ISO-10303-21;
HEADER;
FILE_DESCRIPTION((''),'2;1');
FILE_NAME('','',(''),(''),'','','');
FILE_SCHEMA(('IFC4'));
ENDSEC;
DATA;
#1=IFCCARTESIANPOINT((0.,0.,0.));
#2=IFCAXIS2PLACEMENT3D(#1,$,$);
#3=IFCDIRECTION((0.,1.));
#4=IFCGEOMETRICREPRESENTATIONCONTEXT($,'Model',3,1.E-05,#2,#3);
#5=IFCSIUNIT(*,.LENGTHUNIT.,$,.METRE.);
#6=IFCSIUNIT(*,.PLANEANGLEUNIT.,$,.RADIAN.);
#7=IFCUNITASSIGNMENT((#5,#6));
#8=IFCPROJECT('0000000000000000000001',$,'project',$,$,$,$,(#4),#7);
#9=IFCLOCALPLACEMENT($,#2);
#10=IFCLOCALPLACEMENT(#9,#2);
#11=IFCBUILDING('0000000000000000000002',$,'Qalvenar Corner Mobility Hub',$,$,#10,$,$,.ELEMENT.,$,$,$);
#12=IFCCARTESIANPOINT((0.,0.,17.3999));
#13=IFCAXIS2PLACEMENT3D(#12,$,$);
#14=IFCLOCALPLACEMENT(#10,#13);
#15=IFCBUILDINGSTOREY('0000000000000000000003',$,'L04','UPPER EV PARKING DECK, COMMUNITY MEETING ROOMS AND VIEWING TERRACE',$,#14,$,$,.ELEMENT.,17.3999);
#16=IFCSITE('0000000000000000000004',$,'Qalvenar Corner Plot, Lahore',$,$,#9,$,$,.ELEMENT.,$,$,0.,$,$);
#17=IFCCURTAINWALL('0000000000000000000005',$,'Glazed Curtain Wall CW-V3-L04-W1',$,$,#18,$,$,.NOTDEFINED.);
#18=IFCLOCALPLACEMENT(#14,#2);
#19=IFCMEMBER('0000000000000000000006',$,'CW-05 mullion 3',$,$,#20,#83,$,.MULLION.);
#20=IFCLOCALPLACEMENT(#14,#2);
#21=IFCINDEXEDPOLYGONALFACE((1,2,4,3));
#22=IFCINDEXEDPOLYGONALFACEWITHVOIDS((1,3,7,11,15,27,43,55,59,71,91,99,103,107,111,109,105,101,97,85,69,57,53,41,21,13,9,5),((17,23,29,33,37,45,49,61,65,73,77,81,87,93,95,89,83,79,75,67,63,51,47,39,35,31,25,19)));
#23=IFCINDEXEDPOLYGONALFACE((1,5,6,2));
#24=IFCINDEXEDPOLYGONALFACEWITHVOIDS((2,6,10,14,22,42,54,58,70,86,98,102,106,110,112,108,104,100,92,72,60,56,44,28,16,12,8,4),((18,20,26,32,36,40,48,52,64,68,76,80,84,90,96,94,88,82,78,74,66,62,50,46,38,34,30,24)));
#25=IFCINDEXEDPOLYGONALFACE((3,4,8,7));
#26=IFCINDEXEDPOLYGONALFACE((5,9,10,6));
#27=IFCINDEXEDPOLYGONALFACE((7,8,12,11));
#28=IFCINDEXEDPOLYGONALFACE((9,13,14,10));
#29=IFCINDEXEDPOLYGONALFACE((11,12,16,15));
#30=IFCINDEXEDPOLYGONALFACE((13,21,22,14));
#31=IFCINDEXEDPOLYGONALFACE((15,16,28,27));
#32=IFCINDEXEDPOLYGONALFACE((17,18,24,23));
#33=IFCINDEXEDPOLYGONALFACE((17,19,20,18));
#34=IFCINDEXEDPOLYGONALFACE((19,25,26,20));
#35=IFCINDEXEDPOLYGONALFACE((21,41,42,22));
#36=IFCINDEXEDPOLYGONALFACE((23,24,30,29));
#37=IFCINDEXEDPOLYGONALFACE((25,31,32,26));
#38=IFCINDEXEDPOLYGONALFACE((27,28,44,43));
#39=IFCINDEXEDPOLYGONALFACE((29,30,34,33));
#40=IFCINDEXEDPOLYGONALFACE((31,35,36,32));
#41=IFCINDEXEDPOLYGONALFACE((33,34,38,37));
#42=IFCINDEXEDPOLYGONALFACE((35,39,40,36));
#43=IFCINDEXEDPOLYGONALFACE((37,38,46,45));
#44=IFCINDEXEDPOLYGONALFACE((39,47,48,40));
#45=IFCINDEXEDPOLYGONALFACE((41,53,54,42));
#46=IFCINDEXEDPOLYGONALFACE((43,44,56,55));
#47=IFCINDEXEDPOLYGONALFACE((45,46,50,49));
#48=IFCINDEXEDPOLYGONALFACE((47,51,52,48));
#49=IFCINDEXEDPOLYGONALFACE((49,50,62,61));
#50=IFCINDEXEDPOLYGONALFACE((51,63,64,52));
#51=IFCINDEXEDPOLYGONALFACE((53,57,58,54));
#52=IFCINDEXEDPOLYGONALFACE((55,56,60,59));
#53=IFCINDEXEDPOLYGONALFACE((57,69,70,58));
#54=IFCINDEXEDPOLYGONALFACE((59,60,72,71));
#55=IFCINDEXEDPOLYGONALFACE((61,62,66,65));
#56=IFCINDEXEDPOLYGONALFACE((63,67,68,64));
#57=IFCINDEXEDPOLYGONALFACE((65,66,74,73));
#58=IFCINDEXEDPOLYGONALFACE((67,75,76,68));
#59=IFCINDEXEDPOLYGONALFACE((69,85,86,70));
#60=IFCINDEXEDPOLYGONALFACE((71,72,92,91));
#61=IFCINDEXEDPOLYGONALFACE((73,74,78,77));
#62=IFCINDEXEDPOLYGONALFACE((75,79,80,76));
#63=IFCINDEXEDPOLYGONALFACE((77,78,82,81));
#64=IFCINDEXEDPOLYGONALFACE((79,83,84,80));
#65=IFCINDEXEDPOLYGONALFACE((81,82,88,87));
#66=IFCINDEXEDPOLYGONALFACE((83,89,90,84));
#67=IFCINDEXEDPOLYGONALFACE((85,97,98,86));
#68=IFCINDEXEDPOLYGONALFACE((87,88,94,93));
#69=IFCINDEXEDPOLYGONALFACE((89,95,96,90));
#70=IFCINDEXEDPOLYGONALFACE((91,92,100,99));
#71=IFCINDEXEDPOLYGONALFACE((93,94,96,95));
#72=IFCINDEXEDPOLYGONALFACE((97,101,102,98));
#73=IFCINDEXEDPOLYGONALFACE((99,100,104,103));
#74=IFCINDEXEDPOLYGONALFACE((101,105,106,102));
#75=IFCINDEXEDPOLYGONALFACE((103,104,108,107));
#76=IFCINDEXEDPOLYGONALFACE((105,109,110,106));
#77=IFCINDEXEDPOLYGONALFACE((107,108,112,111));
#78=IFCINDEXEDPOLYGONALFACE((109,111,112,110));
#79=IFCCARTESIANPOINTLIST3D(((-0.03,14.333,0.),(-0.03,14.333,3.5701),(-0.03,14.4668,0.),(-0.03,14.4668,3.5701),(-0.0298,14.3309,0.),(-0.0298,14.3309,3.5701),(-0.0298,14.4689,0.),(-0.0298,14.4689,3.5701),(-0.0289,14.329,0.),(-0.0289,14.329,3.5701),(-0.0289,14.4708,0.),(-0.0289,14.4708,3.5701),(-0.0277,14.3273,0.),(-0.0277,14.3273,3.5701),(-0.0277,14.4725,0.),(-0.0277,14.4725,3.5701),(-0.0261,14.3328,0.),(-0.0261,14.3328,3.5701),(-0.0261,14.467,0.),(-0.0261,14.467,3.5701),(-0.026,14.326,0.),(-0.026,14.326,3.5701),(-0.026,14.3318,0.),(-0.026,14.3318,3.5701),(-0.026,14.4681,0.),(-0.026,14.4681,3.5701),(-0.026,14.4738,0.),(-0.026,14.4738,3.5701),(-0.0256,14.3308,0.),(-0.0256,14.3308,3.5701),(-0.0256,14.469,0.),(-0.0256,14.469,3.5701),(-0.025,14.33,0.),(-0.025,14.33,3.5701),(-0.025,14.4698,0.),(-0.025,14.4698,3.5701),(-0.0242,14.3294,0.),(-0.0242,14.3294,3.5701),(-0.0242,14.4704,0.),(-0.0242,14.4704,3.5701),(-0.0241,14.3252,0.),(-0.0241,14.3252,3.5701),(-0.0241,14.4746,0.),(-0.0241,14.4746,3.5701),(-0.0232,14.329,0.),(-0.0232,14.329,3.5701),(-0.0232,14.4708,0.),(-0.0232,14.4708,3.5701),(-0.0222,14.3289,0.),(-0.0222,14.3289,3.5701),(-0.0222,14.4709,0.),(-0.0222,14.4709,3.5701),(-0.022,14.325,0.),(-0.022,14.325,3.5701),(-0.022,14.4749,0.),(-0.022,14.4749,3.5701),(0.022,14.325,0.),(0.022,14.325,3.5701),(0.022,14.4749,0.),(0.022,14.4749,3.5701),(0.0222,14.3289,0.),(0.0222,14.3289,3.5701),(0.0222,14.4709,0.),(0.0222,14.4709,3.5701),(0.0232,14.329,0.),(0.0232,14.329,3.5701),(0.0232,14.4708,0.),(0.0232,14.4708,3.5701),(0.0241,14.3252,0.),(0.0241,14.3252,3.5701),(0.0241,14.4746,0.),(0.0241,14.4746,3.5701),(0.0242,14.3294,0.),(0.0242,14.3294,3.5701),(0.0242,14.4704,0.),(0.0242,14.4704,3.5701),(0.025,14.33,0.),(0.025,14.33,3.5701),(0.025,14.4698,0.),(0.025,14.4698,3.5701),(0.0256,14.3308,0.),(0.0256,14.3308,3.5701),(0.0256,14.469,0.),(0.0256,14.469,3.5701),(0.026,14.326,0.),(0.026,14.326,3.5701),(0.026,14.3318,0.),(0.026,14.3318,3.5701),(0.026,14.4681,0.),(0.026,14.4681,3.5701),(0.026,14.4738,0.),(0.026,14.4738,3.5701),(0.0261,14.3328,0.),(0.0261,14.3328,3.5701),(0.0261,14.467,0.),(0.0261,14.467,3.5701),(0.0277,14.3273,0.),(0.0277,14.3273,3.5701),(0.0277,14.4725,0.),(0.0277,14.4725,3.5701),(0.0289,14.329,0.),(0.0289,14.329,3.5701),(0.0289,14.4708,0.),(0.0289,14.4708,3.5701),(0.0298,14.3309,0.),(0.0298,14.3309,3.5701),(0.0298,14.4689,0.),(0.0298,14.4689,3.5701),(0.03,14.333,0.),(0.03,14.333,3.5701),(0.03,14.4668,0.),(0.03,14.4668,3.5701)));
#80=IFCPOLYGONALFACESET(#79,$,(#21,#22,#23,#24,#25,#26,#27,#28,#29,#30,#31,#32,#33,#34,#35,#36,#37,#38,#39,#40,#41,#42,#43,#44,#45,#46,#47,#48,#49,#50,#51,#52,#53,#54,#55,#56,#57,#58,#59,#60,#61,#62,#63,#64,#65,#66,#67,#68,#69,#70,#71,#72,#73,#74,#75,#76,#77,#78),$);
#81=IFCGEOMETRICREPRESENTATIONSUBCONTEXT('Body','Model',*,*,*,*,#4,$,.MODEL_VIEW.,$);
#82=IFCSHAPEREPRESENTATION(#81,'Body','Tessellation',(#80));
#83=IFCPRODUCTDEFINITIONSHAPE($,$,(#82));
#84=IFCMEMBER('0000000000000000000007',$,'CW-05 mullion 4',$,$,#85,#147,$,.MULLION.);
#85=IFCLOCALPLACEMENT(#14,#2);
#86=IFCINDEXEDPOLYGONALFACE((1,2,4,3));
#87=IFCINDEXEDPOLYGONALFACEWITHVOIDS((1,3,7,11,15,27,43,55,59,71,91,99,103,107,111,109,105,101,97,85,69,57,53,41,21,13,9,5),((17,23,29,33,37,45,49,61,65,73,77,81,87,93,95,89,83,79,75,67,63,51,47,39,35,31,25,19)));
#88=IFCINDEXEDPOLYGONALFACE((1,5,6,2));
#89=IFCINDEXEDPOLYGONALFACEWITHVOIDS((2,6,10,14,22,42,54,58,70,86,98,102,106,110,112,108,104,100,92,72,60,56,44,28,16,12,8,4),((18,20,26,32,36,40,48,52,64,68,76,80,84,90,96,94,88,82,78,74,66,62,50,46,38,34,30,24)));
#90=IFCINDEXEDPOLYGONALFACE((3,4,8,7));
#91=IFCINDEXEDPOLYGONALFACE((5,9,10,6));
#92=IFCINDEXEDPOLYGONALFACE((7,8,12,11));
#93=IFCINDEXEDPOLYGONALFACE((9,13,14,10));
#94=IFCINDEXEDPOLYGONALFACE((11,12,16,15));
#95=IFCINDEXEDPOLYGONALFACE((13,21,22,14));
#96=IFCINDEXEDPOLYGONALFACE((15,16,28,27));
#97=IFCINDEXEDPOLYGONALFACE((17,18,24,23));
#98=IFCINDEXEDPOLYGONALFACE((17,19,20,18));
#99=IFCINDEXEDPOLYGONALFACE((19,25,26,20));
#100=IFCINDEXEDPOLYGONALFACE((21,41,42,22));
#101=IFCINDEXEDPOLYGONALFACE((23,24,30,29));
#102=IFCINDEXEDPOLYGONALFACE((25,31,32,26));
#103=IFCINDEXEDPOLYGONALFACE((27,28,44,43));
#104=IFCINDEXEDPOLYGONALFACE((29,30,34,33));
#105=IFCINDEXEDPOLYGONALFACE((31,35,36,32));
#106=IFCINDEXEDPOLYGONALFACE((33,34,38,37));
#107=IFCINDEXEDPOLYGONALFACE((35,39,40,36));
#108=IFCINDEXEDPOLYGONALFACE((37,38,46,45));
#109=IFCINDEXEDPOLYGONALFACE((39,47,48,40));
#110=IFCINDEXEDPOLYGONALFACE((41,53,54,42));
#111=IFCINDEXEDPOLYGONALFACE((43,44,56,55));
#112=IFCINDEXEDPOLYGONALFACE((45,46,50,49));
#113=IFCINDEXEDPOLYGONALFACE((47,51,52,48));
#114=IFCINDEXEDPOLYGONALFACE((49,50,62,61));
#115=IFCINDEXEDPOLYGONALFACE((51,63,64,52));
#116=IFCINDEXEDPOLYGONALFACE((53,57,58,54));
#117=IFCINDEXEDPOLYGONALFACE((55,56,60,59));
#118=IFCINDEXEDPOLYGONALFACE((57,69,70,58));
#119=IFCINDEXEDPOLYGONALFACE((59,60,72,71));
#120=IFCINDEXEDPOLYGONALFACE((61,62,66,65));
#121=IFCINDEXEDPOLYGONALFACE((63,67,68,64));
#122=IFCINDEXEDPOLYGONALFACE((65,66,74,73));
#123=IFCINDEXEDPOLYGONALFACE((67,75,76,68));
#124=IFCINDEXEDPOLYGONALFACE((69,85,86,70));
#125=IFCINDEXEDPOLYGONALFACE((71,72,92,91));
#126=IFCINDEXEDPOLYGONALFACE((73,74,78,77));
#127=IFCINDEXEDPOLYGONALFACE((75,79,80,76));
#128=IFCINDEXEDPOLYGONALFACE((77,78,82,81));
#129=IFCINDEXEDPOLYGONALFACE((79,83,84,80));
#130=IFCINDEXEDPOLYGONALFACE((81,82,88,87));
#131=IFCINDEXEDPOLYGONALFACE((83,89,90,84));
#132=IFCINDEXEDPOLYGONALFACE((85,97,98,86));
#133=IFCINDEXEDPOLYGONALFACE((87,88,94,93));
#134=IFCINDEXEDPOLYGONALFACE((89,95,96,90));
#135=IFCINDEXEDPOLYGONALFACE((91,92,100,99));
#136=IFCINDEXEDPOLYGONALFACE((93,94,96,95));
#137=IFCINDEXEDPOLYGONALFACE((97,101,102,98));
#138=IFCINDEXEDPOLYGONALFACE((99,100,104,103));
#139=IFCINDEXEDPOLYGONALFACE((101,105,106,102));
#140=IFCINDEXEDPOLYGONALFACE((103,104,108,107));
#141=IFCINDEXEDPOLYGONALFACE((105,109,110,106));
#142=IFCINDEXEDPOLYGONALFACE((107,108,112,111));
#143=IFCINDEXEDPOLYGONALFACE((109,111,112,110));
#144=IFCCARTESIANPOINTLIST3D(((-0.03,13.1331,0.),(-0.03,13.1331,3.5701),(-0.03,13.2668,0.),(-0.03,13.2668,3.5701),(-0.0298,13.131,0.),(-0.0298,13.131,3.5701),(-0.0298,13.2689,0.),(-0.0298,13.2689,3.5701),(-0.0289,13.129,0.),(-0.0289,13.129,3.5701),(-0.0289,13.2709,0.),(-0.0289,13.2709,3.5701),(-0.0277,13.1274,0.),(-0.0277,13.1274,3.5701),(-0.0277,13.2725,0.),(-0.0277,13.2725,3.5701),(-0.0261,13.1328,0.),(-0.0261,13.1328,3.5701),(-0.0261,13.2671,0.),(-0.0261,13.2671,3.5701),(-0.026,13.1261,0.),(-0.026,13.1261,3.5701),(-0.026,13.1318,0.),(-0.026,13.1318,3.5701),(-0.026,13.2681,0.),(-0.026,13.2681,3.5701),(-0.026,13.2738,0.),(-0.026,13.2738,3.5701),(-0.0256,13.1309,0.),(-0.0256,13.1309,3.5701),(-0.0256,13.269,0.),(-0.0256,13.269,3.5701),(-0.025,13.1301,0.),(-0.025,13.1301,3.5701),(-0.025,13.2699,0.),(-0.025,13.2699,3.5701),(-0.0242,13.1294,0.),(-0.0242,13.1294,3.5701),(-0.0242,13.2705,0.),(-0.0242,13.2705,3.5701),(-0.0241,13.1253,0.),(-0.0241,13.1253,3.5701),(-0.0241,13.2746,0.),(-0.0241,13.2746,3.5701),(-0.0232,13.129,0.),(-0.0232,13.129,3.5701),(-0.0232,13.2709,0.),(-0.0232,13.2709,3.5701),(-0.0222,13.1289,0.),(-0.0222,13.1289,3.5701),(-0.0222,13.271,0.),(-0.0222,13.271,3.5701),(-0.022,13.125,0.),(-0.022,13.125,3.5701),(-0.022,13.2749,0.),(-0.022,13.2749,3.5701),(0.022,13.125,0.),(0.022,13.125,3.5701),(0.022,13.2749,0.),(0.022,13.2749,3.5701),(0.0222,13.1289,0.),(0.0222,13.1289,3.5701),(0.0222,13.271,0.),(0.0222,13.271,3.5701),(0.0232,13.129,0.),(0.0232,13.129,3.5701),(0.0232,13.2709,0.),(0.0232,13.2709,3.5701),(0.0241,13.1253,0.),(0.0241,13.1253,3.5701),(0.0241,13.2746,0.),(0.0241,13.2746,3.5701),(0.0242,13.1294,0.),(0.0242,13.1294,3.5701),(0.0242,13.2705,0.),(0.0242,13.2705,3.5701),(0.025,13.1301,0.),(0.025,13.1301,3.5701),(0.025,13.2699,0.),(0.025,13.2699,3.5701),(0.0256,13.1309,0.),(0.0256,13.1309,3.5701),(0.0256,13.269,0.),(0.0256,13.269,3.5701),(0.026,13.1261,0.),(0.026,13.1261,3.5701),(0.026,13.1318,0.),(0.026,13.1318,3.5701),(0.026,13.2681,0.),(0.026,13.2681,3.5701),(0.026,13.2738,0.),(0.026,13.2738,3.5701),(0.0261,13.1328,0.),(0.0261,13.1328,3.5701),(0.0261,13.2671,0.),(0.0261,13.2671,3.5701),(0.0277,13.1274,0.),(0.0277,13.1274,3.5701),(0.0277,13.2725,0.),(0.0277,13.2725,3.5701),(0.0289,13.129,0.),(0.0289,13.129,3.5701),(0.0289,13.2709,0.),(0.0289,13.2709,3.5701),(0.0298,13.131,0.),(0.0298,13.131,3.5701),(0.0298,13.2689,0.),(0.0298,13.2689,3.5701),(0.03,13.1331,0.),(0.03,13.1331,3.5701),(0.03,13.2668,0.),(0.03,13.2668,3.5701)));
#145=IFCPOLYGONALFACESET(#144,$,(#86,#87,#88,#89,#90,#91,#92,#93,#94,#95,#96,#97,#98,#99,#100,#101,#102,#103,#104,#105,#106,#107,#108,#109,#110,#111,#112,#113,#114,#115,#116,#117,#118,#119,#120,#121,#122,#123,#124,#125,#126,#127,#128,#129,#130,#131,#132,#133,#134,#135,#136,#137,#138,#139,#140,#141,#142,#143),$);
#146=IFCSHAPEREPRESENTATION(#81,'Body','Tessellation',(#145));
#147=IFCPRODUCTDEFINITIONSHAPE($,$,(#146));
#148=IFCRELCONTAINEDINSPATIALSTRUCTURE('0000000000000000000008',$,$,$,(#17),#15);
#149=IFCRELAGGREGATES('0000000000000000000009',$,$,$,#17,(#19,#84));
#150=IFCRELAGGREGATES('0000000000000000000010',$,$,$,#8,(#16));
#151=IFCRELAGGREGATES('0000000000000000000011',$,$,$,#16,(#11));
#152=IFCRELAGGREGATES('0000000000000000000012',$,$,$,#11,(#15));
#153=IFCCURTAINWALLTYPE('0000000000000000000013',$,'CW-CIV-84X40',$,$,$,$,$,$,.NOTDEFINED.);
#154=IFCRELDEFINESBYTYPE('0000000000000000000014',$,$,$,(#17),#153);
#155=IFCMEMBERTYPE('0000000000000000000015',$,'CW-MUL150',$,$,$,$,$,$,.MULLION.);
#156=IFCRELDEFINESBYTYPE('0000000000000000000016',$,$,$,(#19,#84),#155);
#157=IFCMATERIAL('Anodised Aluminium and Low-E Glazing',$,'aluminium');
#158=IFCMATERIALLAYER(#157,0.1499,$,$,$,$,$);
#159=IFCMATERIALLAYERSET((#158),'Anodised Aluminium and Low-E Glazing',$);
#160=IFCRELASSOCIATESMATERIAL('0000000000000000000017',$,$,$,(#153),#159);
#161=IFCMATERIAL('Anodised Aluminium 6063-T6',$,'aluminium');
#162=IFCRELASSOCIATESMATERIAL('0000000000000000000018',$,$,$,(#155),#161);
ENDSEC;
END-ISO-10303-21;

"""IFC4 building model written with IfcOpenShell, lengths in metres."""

from ifc_helpers import new_model, si_unit, direction, frame, origin, origin_2d, place, context, subcontext, project, spatial, hollow_rectangle, extrude, material, layer, layer_set, material_profile, profile_set, type_object, element, aggregate, save


model = new_model("IFC4")

# Units and contexts
model_context = context("Model", 3, precision=1e-05, world=origin(), true_north=direction((0.0, 1.0)))
body_context = subcontext(model_context, "Body", "Model", "MODEL_VIEW")
ifc_project = project(units=[si_unit("LENGTHUNIT", "METRE"), si_unit("PLANEANGLEUNIT", "RADIAN")], contexts=[model_context])

# Site, building, storey
site_placement = place(None, origin())
site = spatial("IfcSite", under=ifc_project, at=site_placement, Name="Qalvenar Corner Plot, Lahore", CompositionType="ELEMENT", RefElevation=0.0)
building_placement = place(site_placement, origin())
building = spatial("IfcBuilding", under=site, at=building_placement, Name="Qalvenar Corner Mobility Hub", CompositionType="ELEMENT")
storey_placement = place(building_placement, frame((0.0, 0.0, 17.3999)))
storey = spatial("IfcBuildingStorey", under=building, at=storey_placement, Name="L04", Description="UPPER EV PARKING DECK, COMMUNITY MEETING ROOMS AND VIEWING TERRACE", CompositionType="ELEMENT", Elevation=17.3999)

# Curtain wall, members
ifc_material_1 = material(Name="Anodised Aluminium and Low-E Glazing", Category="aluminium")
ifc_layer_1 = layer(ifc_material_1, 0.1499)
ifc_layer_set_1 = layer_set([ifc_layer_1], Name="Anodised Aluminium and Low-E Glazing")
curtain_wall_type = type_object("IfcCurtainWallType", Name="CW-CIV-84X40", PredefinedType="NOTDEFINED", material=ifc_layer_set_1)
curtain_wall_placement = place(storey_placement, origin())
curtain_wall = element("IfcCurtainWall", 1, at=curtain_wall_placement, inside=storey, type_object=curtain_wall_type, Name="Glazed Curtain Wall CW-V3-L04-W1", PredefinedType="NOTDEFINED")
ifc_material_2 = material(Name="Anodised Aluminium 6063-T6", Category="aluminium")
ifc_material_profile_1 = material_profile(ifc_material_2, hollow_rectangle(XDim=0.0601, YDim=0.1499, WallThickness=0.0039, InnerFilletRadius=0.0039, OuterFilletRadius=0.0081, at=origin_2d()), Name="RHS150x60x4")
ifc_profile_set_1 = profile_set([ifc_material_profile_1], Name="Anodised Aluminium 6063-T6")
member_type_1 = type_object("IfcMemberType", Name="CW-MUL150", PredefinedType="MULLION", material=ifc_profile_set_1)
member_1_placement = place(storey_placement, frame((0.0, 14.3999, 0.0), z_axis=(0.0, 0.0, 1.0), x_axis=(1.0, 0.0, 0.0)))
member_1 = element("IfcMember", 2, at=member_1_placement, type_object=member_type_1, Name="CW-05 mullion 3", PredefinedType="MULLION", context=body_context, shape_type="SweptSolid", body=[
    extrude(hollow_rectangle(XDim=0.0601, YDim=0.1499, WallThickness=0.0039, InnerFilletRadius=0.0039, OuterFilletRadius=0.0081, at=origin_2d()), origin(), (0.0, 0.0, 1.0), 3.5701),
])
member_2_placement = place(storey_placement, frame((0.0, 13.2, 0.0), z_axis=(0.0, 0.0, 1.0), x_axis=(1.0, 0.0, 0.0)))
member_2 = element("IfcMember", 3, at=member_2_placement, type_object=member_type_1, Name="CW-05 mullion 4", PredefinedType="MULLION", context=body_context, shape_type="SweptSolid", body=[
    extrude(hollow_rectangle(XDim=0.0601, YDim=0.1499, WallThickness=0.0039, InnerFilletRadius=0.0039, OuterFilletRadius=0.0081, at=origin_2d()), origin(), (0.0, 0.0, 1.0), 3.5701),
])
aggregate(curtain_wall, [member_1, member_2])

save(model, "model.ifc")
